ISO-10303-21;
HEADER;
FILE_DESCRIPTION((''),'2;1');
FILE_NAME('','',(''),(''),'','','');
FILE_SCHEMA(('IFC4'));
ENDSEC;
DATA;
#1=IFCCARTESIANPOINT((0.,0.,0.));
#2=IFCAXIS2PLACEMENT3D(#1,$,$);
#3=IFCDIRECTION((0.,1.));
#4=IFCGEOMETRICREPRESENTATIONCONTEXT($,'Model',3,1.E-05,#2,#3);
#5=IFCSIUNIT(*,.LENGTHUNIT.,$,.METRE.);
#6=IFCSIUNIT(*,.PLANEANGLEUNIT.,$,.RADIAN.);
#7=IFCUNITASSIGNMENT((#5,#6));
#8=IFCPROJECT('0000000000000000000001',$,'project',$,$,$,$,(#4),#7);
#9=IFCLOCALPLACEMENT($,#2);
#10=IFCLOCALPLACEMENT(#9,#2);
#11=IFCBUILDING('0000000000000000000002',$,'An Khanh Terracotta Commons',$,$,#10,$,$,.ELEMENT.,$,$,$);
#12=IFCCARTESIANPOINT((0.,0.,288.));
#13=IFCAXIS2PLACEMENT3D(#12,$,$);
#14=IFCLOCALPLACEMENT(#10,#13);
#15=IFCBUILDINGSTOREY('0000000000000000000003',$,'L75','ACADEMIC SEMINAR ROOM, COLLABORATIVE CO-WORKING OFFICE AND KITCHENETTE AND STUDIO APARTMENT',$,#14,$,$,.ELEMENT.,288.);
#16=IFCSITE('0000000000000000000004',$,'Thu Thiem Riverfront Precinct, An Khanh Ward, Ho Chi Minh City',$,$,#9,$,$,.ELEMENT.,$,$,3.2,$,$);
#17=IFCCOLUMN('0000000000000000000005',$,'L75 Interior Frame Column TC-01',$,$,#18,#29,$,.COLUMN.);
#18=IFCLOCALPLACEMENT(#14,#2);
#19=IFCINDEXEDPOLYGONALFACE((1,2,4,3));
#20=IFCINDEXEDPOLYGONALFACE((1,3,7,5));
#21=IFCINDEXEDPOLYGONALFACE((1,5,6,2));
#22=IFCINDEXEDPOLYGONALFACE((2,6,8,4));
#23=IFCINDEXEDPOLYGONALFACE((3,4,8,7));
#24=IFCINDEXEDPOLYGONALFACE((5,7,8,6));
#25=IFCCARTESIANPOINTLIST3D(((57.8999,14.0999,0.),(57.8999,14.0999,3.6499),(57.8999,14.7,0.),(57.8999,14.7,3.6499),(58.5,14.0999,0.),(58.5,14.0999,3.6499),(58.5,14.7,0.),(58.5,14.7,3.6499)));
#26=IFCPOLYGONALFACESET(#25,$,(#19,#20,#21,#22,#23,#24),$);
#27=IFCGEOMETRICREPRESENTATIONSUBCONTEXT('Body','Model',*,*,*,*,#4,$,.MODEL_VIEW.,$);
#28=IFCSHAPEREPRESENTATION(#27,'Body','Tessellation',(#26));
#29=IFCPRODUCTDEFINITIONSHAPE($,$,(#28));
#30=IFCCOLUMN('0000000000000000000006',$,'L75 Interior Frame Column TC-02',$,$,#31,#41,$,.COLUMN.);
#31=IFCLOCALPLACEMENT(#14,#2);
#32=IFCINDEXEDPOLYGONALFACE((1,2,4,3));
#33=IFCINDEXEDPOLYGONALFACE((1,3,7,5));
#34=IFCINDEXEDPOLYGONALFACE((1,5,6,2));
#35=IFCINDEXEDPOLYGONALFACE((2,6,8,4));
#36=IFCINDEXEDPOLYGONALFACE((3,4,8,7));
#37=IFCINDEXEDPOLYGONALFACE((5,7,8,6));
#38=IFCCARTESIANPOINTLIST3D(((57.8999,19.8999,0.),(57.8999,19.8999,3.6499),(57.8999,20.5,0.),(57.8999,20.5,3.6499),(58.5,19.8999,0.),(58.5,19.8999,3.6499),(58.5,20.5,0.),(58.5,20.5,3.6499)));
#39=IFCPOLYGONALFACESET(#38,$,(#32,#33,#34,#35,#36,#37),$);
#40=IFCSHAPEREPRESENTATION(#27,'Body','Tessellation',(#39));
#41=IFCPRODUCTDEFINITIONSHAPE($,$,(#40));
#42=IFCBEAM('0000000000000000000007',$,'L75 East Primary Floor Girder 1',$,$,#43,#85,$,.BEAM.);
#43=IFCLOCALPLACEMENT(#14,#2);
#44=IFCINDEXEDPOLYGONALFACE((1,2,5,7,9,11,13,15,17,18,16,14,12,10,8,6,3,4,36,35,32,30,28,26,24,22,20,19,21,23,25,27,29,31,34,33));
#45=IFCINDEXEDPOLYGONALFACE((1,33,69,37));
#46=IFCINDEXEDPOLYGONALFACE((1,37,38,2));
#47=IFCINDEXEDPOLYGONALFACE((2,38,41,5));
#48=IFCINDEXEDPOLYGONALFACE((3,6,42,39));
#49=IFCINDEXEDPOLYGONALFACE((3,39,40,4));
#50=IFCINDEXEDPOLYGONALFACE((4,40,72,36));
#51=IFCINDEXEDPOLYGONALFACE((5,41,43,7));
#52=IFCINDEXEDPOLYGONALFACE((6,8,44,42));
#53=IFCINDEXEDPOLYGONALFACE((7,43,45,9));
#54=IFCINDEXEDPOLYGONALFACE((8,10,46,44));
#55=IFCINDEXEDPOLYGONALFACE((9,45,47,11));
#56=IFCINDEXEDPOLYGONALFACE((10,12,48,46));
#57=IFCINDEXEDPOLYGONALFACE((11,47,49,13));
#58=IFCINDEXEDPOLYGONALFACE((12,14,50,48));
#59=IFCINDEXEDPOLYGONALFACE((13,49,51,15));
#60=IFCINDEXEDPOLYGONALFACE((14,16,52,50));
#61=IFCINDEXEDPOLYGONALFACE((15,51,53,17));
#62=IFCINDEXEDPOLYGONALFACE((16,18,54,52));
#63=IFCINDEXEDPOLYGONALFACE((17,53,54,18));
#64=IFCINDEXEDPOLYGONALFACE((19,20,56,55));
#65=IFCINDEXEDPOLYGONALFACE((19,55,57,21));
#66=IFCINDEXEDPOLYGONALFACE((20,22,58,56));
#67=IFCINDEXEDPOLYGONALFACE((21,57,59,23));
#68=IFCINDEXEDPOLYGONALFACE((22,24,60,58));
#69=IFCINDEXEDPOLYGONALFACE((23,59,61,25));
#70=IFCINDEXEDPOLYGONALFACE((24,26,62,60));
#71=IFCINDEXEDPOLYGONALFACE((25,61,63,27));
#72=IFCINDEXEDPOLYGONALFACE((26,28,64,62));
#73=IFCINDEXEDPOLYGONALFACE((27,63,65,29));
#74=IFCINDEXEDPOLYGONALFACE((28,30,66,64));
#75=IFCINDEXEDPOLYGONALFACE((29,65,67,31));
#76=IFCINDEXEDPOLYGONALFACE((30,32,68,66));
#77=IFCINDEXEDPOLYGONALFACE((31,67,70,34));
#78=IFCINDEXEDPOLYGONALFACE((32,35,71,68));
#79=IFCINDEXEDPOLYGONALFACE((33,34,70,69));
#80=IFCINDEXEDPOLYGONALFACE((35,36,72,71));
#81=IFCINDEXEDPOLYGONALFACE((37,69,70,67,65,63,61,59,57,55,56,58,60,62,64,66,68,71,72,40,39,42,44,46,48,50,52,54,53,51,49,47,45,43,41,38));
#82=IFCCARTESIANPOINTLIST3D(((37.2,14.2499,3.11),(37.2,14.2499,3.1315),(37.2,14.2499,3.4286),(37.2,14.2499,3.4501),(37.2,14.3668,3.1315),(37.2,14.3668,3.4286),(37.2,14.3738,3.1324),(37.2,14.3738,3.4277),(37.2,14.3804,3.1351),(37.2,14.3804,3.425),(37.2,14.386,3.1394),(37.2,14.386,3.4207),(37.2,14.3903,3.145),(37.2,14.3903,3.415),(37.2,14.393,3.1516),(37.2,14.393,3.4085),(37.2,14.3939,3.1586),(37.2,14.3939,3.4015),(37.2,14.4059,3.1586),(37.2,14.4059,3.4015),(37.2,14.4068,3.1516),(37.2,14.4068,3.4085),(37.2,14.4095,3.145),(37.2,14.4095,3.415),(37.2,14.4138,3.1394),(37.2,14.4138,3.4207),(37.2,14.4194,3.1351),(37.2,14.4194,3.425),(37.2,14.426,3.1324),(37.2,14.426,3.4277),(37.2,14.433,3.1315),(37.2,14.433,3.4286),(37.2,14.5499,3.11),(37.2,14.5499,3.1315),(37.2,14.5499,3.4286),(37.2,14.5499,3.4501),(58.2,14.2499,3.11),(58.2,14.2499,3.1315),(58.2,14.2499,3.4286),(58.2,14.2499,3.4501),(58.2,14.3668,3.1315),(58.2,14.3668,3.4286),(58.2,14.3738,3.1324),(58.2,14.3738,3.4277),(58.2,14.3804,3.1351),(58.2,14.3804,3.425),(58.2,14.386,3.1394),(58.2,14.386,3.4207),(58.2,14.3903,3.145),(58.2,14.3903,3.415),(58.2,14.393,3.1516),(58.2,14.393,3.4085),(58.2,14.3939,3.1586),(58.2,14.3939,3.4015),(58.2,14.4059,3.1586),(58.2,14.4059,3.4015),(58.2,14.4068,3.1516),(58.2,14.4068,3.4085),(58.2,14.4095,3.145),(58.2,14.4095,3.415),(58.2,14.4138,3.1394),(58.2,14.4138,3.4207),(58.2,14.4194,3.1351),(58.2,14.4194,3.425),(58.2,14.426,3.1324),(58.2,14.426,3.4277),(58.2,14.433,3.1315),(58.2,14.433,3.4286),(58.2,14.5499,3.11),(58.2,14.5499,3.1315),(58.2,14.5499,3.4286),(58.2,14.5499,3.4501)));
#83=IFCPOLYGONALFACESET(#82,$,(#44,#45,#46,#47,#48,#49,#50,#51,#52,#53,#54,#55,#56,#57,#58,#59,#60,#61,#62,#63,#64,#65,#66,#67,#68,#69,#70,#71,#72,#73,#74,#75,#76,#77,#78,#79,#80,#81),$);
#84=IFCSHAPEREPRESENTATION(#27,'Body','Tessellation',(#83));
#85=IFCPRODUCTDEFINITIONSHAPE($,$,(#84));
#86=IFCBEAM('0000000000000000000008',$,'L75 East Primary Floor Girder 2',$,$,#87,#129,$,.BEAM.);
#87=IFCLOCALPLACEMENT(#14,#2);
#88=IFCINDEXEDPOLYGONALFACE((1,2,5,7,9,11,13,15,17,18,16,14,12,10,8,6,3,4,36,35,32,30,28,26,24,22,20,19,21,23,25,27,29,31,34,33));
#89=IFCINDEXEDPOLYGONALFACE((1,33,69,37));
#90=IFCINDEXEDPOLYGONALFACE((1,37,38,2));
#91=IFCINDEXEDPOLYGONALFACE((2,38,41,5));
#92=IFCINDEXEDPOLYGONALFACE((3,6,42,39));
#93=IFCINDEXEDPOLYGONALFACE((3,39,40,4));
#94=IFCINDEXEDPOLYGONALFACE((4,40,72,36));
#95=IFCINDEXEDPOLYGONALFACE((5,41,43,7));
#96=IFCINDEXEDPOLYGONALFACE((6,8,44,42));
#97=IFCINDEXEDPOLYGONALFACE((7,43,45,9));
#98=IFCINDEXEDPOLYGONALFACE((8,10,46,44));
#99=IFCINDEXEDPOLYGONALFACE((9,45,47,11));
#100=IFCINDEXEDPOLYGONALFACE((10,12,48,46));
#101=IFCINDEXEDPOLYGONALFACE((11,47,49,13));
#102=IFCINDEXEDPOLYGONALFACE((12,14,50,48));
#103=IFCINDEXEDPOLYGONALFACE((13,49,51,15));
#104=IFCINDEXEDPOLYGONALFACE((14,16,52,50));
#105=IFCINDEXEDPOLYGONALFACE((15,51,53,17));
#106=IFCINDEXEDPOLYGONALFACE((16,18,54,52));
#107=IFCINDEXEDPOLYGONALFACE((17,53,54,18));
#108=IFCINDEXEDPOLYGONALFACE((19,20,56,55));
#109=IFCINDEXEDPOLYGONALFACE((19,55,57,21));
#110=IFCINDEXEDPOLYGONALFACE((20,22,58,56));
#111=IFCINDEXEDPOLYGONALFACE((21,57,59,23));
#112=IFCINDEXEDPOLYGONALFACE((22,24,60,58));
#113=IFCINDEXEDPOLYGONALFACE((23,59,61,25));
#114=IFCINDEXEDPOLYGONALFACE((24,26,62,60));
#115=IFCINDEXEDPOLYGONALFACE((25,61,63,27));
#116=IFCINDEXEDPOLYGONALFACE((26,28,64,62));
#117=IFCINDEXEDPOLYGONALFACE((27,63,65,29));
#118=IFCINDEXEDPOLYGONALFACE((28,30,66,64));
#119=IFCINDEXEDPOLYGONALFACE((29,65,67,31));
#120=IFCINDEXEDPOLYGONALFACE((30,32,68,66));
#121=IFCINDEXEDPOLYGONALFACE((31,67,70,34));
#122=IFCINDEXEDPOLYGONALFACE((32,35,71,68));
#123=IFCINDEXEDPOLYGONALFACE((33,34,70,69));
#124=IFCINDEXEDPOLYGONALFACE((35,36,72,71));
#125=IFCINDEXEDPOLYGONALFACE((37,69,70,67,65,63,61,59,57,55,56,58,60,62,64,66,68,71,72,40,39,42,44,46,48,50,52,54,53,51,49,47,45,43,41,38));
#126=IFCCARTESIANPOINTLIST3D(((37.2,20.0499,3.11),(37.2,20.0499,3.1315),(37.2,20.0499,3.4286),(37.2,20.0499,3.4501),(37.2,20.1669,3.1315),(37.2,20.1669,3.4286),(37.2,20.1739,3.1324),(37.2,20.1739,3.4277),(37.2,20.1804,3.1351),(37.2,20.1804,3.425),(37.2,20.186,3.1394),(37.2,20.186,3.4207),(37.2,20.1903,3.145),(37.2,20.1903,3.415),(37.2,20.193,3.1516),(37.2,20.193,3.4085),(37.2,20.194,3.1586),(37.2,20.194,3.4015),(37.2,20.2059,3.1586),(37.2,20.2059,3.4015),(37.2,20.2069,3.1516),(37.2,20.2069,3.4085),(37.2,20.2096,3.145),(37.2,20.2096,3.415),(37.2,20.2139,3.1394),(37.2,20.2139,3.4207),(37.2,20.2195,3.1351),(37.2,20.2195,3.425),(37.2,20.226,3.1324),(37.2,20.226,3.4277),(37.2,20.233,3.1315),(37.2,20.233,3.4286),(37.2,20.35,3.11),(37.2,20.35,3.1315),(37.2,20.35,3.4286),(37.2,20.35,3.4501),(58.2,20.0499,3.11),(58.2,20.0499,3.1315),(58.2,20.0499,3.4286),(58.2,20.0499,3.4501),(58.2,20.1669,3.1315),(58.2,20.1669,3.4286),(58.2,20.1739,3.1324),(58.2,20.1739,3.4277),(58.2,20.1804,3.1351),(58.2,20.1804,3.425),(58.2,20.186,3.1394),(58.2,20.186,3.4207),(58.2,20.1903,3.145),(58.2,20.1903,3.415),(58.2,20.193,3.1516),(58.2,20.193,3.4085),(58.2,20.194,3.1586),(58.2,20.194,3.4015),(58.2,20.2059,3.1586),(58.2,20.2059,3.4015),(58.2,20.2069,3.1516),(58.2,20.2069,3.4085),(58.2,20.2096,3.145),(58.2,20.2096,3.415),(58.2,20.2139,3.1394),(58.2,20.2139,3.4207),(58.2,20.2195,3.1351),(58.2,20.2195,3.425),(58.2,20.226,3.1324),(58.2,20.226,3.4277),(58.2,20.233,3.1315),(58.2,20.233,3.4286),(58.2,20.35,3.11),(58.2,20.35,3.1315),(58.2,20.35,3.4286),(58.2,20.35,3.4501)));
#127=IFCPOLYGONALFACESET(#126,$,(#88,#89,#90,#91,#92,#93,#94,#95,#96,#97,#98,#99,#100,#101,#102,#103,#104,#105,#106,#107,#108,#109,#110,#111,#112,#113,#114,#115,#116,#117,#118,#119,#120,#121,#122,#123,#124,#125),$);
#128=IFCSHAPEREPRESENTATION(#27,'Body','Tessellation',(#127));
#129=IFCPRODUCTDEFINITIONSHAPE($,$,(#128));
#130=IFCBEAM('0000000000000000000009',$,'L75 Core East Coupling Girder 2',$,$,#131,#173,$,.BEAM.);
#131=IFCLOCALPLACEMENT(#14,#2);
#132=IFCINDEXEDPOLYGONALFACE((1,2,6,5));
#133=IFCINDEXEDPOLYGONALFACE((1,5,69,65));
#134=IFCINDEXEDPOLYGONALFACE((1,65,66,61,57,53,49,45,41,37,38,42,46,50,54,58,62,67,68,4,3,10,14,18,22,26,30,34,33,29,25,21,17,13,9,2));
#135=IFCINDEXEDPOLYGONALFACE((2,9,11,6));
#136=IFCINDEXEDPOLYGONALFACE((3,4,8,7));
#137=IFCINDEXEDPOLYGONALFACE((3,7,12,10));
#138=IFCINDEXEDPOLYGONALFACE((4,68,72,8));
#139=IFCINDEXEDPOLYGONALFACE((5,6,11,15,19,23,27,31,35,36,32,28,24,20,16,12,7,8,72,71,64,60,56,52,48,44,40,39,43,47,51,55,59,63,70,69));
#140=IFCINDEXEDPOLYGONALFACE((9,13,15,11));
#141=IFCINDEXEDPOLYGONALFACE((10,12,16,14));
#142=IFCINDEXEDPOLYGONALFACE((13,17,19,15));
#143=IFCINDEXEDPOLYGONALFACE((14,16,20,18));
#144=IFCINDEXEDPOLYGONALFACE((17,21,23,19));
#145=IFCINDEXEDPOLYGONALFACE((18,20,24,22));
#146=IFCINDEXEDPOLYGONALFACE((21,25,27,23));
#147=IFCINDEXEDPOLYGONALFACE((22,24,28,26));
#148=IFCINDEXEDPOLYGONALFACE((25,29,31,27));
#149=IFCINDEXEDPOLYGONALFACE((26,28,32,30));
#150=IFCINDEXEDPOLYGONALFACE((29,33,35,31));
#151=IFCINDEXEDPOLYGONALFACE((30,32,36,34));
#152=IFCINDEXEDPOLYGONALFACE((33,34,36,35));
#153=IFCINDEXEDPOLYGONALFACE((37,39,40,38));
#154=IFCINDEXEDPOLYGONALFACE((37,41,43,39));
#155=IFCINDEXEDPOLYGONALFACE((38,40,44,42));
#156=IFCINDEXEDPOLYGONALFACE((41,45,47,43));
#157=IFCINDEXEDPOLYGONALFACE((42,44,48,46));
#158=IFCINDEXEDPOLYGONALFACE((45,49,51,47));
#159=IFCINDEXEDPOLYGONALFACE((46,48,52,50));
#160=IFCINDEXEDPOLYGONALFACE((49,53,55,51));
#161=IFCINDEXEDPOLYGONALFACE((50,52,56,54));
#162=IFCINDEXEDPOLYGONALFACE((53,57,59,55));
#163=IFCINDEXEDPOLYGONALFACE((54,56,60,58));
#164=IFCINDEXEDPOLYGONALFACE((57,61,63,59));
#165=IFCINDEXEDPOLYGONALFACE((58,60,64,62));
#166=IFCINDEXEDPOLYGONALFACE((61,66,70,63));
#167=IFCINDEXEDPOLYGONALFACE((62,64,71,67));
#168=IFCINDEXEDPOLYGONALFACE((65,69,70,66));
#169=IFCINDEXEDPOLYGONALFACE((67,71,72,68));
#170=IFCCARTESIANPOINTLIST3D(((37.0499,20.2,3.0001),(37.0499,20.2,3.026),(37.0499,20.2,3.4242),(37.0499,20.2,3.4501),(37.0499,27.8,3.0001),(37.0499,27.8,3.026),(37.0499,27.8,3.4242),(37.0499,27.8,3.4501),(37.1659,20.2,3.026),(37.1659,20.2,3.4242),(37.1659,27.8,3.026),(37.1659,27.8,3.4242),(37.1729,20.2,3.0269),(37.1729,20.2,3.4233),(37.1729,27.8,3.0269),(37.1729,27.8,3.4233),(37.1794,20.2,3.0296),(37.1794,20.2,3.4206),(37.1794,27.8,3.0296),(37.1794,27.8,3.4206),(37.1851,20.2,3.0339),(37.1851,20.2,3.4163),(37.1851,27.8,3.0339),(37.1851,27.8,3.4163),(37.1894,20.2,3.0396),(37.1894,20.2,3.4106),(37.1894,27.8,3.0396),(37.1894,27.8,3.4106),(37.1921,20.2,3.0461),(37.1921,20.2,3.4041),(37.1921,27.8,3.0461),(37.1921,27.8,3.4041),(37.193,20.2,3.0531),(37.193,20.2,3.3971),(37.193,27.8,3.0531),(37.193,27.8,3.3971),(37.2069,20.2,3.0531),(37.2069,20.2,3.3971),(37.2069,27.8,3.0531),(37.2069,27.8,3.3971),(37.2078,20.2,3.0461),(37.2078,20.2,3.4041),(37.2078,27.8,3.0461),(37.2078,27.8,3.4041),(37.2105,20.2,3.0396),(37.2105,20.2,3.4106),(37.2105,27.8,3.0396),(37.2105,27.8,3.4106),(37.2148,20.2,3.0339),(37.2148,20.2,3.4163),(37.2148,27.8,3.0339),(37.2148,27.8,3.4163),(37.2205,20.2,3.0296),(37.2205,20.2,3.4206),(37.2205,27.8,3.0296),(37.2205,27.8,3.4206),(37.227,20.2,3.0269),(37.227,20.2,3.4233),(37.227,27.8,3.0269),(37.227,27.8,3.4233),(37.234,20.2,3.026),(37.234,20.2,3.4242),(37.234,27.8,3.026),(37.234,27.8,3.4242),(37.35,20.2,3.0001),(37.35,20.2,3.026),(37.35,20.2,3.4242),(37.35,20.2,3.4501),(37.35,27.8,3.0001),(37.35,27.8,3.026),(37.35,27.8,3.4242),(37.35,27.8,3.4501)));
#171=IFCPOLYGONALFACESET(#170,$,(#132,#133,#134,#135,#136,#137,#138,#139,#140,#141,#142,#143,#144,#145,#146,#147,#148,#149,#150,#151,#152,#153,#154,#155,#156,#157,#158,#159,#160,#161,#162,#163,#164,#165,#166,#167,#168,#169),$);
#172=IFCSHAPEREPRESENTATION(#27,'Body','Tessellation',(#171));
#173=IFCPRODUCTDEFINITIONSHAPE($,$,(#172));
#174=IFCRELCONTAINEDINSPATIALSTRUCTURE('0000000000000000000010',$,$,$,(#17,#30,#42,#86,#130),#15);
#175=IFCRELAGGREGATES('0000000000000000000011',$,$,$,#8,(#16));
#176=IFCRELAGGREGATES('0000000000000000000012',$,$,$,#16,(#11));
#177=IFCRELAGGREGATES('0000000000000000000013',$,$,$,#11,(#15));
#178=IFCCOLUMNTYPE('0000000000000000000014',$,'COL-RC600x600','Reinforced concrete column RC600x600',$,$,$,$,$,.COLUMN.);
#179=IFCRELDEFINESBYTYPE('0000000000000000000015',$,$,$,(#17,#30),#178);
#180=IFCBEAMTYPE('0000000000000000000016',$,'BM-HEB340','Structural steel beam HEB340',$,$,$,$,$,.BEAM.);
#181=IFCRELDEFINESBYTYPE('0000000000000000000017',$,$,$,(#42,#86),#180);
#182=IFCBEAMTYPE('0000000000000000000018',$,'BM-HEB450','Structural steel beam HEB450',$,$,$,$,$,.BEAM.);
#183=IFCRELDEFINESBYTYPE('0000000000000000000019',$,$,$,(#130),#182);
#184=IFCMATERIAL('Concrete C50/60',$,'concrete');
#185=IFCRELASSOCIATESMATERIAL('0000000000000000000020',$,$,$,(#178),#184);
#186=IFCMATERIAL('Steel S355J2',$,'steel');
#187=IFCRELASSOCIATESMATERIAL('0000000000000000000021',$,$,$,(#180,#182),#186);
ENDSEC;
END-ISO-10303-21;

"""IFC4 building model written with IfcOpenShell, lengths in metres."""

from ifc_helpers import new_model, si_unit, direction, frame, origin, origin_2d, place, context, subcontext, project, spatial, rectangle, i_section, extrude, material, material_profile, profile_set, type_object, element, save


model = new_model("IFC4")

# Units and contexts
model_context = context("Model", 3, precision=1e-05, world=origin(), true_north=direction((0.0, 1.0)))
body_context = subcontext(model_context, "Body", "Model", "MODEL_VIEW")
ifc_project = project(units=[si_unit("LENGTHUNIT", "METRE"), si_unit("PLANEANGLEUNIT", "RADIAN")], contexts=[model_context])

# Site, building, storey
site_placement = place(None, origin())
site = spatial("IfcSite", under=ifc_project, at=site_placement, Name="Thu Thiem Riverfront Precinct, An Khanh Ward, Ho Chi Minh City", CompositionType="ELEMENT", RefElevation=3.2)
building_placement = place(site_placement, origin())
building = spatial("IfcBuilding", under=site, at=building_placement, Name="An Khanh Terracotta Commons", CompositionType="ELEMENT")
storey_placement = place(building_placement, frame((0.0, 0.0, 288.0)))
storey = spatial("IfcBuildingStorey", under=building, at=storey_placement, Name="L75", Description="ACADEMIC SEMINAR ROOM, COLLABORATIVE CO-WORKING OFFICE AND KITCHENETTE AND STUDIO APARTMENT", CompositionType="ELEMENT", Elevation=288.0)

# Columns
ifc_material_1 = material(Name="Concrete C50/60", Category="concrete")
ifc_material_profile_1 = material_profile(ifc_material_1, rectangle(XDim=0.6001, YDim=0.6001, at=origin_2d()), Name="RC600x600")
ifc_profile_set_1 = profile_set([ifc_material_profile_1], Name="Concrete C50/60")
column_type = type_object("IfcColumnType", Name="COL-RC600x600", Description="Reinforced concrete column RC600x600", PredefinedType="COLUMN", material=ifc_profile_set_1)
for number, where, z_axis, x_axis, name in (
    (1, (58.2, 14.3999, 0.0), (0.0, 0.0, 1.0), (1.0, 0.0, 0.0), "L75 Interior Frame Column TC-01"),
    (2, (58.2, 20.2, 0.0), (0.0, 0.0, 1.0), (1.0, 0.0, 0.0), "L75 Interior Frame Column TC-02"),
):
    element("IfcColumn", number, at=place(storey_placement, frame(where, z_axis=z_axis, x_axis=x_axis)), inside=storey, type_object=column_type, Name=name, PredefinedType="COLUMN", context=body_context, shape_type="SweptSolid", body=[
        extrude(rectangle(XDim=0.6001, YDim=0.6001, at=origin_2d()), origin(), (0.0, 0.0, 1.0), 3.6499),
    ])

# Beams
ifc_material_2 = material(Name="Steel S355J2", Category="steel")
ifc_material_profile_2 = material_profile(ifc_material_2, i_section(OverallWidth=0.3, OverallDepth=0.3401, WebThickness=0.012, FlangeThickness=0.0215, FilletRadius=0.0271, at=origin_2d()), Name="HEB340")
ifc_profile_set_2 = profile_set([ifc_material_profile_2], Name="Steel S355J2")
beam_type_1 = type_object("IfcBeamType", Name="BM-HEB340", Description="Structural steel beam HEB340", PredefinedType="BEAM", material=ifc_profile_set_2)
for number, where, z_axis, x_axis, name in (
    (3, (37.2, 14.3999, 3.28), (1.0, 0.0, 0.0), (0.0, 1.0, 0.0), "L75 East Primary Floor Girder 1"),
    (4, (37.2, 20.2, 3.28), (1.0, 0.0, 0.0), (0.0, 1.0, 0.0), "L75 East Primary Floor Girder 2"),
):
    element("IfcBeam", number, at=place(storey_placement, frame(where, z_axis=z_axis, x_axis=x_axis)), inside=storey, type_object=beam_type_1, Name=name, PredefinedType="BEAM", context=body_context, shape_type="SweptSolid", body=[
        extrude(i_section(OverallWidth=0.3, OverallDepth=0.3401, WebThickness=0.012, FlangeThickness=0.0215, FilletRadius=0.0271, at=origin_2d()), origin(), (0.0, 0.0, 1.0), 21.0),
    ])
ifc_material_profile_3 = material_profile(ifc_material_2, i_section(OverallWidth=0.3, OverallDepth=0.45, WebThickness=0.0139, FlangeThickness=0.0259, FilletRadius=0.0271, at=origin_2d()), Name="HEB450")
ifc_profile_set_3 = profile_set([ifc_material_profile_3], Name="Steel S355J2")
beam_type_2 = type_object("IfcBeamType", Name="BM-HEB450", Description="Structural steel beam HEB450", PredefinedType="BEAM", material=ifc_profile_set_3)
beam_placement = place(storey_placement, frame((37.2, 20.2, 3.2251), z_axis=(0.0, 1.0, 0.0), x_axis=(-1.0, 0.0, 0.0)))
element("IfcBeam", 5, at=beam_placement, inside=storey, type_object=beam_type_2, Name="L75 Core East Coupling Girder 2", PredefinedType="BEAM", context=body_context, shape_type="SweptSolid", body=[
    extrude(i_section(OverallWidth=0.3, OverallDepth=0.45, WebThickness=0.0139, FlangeThickness=0.0259, FilletRadius=0.0271, at=origin_2d()), origin(), (0.0, 0.0, 1.0), 7.6001),
])

save(model, "model.ifc")
